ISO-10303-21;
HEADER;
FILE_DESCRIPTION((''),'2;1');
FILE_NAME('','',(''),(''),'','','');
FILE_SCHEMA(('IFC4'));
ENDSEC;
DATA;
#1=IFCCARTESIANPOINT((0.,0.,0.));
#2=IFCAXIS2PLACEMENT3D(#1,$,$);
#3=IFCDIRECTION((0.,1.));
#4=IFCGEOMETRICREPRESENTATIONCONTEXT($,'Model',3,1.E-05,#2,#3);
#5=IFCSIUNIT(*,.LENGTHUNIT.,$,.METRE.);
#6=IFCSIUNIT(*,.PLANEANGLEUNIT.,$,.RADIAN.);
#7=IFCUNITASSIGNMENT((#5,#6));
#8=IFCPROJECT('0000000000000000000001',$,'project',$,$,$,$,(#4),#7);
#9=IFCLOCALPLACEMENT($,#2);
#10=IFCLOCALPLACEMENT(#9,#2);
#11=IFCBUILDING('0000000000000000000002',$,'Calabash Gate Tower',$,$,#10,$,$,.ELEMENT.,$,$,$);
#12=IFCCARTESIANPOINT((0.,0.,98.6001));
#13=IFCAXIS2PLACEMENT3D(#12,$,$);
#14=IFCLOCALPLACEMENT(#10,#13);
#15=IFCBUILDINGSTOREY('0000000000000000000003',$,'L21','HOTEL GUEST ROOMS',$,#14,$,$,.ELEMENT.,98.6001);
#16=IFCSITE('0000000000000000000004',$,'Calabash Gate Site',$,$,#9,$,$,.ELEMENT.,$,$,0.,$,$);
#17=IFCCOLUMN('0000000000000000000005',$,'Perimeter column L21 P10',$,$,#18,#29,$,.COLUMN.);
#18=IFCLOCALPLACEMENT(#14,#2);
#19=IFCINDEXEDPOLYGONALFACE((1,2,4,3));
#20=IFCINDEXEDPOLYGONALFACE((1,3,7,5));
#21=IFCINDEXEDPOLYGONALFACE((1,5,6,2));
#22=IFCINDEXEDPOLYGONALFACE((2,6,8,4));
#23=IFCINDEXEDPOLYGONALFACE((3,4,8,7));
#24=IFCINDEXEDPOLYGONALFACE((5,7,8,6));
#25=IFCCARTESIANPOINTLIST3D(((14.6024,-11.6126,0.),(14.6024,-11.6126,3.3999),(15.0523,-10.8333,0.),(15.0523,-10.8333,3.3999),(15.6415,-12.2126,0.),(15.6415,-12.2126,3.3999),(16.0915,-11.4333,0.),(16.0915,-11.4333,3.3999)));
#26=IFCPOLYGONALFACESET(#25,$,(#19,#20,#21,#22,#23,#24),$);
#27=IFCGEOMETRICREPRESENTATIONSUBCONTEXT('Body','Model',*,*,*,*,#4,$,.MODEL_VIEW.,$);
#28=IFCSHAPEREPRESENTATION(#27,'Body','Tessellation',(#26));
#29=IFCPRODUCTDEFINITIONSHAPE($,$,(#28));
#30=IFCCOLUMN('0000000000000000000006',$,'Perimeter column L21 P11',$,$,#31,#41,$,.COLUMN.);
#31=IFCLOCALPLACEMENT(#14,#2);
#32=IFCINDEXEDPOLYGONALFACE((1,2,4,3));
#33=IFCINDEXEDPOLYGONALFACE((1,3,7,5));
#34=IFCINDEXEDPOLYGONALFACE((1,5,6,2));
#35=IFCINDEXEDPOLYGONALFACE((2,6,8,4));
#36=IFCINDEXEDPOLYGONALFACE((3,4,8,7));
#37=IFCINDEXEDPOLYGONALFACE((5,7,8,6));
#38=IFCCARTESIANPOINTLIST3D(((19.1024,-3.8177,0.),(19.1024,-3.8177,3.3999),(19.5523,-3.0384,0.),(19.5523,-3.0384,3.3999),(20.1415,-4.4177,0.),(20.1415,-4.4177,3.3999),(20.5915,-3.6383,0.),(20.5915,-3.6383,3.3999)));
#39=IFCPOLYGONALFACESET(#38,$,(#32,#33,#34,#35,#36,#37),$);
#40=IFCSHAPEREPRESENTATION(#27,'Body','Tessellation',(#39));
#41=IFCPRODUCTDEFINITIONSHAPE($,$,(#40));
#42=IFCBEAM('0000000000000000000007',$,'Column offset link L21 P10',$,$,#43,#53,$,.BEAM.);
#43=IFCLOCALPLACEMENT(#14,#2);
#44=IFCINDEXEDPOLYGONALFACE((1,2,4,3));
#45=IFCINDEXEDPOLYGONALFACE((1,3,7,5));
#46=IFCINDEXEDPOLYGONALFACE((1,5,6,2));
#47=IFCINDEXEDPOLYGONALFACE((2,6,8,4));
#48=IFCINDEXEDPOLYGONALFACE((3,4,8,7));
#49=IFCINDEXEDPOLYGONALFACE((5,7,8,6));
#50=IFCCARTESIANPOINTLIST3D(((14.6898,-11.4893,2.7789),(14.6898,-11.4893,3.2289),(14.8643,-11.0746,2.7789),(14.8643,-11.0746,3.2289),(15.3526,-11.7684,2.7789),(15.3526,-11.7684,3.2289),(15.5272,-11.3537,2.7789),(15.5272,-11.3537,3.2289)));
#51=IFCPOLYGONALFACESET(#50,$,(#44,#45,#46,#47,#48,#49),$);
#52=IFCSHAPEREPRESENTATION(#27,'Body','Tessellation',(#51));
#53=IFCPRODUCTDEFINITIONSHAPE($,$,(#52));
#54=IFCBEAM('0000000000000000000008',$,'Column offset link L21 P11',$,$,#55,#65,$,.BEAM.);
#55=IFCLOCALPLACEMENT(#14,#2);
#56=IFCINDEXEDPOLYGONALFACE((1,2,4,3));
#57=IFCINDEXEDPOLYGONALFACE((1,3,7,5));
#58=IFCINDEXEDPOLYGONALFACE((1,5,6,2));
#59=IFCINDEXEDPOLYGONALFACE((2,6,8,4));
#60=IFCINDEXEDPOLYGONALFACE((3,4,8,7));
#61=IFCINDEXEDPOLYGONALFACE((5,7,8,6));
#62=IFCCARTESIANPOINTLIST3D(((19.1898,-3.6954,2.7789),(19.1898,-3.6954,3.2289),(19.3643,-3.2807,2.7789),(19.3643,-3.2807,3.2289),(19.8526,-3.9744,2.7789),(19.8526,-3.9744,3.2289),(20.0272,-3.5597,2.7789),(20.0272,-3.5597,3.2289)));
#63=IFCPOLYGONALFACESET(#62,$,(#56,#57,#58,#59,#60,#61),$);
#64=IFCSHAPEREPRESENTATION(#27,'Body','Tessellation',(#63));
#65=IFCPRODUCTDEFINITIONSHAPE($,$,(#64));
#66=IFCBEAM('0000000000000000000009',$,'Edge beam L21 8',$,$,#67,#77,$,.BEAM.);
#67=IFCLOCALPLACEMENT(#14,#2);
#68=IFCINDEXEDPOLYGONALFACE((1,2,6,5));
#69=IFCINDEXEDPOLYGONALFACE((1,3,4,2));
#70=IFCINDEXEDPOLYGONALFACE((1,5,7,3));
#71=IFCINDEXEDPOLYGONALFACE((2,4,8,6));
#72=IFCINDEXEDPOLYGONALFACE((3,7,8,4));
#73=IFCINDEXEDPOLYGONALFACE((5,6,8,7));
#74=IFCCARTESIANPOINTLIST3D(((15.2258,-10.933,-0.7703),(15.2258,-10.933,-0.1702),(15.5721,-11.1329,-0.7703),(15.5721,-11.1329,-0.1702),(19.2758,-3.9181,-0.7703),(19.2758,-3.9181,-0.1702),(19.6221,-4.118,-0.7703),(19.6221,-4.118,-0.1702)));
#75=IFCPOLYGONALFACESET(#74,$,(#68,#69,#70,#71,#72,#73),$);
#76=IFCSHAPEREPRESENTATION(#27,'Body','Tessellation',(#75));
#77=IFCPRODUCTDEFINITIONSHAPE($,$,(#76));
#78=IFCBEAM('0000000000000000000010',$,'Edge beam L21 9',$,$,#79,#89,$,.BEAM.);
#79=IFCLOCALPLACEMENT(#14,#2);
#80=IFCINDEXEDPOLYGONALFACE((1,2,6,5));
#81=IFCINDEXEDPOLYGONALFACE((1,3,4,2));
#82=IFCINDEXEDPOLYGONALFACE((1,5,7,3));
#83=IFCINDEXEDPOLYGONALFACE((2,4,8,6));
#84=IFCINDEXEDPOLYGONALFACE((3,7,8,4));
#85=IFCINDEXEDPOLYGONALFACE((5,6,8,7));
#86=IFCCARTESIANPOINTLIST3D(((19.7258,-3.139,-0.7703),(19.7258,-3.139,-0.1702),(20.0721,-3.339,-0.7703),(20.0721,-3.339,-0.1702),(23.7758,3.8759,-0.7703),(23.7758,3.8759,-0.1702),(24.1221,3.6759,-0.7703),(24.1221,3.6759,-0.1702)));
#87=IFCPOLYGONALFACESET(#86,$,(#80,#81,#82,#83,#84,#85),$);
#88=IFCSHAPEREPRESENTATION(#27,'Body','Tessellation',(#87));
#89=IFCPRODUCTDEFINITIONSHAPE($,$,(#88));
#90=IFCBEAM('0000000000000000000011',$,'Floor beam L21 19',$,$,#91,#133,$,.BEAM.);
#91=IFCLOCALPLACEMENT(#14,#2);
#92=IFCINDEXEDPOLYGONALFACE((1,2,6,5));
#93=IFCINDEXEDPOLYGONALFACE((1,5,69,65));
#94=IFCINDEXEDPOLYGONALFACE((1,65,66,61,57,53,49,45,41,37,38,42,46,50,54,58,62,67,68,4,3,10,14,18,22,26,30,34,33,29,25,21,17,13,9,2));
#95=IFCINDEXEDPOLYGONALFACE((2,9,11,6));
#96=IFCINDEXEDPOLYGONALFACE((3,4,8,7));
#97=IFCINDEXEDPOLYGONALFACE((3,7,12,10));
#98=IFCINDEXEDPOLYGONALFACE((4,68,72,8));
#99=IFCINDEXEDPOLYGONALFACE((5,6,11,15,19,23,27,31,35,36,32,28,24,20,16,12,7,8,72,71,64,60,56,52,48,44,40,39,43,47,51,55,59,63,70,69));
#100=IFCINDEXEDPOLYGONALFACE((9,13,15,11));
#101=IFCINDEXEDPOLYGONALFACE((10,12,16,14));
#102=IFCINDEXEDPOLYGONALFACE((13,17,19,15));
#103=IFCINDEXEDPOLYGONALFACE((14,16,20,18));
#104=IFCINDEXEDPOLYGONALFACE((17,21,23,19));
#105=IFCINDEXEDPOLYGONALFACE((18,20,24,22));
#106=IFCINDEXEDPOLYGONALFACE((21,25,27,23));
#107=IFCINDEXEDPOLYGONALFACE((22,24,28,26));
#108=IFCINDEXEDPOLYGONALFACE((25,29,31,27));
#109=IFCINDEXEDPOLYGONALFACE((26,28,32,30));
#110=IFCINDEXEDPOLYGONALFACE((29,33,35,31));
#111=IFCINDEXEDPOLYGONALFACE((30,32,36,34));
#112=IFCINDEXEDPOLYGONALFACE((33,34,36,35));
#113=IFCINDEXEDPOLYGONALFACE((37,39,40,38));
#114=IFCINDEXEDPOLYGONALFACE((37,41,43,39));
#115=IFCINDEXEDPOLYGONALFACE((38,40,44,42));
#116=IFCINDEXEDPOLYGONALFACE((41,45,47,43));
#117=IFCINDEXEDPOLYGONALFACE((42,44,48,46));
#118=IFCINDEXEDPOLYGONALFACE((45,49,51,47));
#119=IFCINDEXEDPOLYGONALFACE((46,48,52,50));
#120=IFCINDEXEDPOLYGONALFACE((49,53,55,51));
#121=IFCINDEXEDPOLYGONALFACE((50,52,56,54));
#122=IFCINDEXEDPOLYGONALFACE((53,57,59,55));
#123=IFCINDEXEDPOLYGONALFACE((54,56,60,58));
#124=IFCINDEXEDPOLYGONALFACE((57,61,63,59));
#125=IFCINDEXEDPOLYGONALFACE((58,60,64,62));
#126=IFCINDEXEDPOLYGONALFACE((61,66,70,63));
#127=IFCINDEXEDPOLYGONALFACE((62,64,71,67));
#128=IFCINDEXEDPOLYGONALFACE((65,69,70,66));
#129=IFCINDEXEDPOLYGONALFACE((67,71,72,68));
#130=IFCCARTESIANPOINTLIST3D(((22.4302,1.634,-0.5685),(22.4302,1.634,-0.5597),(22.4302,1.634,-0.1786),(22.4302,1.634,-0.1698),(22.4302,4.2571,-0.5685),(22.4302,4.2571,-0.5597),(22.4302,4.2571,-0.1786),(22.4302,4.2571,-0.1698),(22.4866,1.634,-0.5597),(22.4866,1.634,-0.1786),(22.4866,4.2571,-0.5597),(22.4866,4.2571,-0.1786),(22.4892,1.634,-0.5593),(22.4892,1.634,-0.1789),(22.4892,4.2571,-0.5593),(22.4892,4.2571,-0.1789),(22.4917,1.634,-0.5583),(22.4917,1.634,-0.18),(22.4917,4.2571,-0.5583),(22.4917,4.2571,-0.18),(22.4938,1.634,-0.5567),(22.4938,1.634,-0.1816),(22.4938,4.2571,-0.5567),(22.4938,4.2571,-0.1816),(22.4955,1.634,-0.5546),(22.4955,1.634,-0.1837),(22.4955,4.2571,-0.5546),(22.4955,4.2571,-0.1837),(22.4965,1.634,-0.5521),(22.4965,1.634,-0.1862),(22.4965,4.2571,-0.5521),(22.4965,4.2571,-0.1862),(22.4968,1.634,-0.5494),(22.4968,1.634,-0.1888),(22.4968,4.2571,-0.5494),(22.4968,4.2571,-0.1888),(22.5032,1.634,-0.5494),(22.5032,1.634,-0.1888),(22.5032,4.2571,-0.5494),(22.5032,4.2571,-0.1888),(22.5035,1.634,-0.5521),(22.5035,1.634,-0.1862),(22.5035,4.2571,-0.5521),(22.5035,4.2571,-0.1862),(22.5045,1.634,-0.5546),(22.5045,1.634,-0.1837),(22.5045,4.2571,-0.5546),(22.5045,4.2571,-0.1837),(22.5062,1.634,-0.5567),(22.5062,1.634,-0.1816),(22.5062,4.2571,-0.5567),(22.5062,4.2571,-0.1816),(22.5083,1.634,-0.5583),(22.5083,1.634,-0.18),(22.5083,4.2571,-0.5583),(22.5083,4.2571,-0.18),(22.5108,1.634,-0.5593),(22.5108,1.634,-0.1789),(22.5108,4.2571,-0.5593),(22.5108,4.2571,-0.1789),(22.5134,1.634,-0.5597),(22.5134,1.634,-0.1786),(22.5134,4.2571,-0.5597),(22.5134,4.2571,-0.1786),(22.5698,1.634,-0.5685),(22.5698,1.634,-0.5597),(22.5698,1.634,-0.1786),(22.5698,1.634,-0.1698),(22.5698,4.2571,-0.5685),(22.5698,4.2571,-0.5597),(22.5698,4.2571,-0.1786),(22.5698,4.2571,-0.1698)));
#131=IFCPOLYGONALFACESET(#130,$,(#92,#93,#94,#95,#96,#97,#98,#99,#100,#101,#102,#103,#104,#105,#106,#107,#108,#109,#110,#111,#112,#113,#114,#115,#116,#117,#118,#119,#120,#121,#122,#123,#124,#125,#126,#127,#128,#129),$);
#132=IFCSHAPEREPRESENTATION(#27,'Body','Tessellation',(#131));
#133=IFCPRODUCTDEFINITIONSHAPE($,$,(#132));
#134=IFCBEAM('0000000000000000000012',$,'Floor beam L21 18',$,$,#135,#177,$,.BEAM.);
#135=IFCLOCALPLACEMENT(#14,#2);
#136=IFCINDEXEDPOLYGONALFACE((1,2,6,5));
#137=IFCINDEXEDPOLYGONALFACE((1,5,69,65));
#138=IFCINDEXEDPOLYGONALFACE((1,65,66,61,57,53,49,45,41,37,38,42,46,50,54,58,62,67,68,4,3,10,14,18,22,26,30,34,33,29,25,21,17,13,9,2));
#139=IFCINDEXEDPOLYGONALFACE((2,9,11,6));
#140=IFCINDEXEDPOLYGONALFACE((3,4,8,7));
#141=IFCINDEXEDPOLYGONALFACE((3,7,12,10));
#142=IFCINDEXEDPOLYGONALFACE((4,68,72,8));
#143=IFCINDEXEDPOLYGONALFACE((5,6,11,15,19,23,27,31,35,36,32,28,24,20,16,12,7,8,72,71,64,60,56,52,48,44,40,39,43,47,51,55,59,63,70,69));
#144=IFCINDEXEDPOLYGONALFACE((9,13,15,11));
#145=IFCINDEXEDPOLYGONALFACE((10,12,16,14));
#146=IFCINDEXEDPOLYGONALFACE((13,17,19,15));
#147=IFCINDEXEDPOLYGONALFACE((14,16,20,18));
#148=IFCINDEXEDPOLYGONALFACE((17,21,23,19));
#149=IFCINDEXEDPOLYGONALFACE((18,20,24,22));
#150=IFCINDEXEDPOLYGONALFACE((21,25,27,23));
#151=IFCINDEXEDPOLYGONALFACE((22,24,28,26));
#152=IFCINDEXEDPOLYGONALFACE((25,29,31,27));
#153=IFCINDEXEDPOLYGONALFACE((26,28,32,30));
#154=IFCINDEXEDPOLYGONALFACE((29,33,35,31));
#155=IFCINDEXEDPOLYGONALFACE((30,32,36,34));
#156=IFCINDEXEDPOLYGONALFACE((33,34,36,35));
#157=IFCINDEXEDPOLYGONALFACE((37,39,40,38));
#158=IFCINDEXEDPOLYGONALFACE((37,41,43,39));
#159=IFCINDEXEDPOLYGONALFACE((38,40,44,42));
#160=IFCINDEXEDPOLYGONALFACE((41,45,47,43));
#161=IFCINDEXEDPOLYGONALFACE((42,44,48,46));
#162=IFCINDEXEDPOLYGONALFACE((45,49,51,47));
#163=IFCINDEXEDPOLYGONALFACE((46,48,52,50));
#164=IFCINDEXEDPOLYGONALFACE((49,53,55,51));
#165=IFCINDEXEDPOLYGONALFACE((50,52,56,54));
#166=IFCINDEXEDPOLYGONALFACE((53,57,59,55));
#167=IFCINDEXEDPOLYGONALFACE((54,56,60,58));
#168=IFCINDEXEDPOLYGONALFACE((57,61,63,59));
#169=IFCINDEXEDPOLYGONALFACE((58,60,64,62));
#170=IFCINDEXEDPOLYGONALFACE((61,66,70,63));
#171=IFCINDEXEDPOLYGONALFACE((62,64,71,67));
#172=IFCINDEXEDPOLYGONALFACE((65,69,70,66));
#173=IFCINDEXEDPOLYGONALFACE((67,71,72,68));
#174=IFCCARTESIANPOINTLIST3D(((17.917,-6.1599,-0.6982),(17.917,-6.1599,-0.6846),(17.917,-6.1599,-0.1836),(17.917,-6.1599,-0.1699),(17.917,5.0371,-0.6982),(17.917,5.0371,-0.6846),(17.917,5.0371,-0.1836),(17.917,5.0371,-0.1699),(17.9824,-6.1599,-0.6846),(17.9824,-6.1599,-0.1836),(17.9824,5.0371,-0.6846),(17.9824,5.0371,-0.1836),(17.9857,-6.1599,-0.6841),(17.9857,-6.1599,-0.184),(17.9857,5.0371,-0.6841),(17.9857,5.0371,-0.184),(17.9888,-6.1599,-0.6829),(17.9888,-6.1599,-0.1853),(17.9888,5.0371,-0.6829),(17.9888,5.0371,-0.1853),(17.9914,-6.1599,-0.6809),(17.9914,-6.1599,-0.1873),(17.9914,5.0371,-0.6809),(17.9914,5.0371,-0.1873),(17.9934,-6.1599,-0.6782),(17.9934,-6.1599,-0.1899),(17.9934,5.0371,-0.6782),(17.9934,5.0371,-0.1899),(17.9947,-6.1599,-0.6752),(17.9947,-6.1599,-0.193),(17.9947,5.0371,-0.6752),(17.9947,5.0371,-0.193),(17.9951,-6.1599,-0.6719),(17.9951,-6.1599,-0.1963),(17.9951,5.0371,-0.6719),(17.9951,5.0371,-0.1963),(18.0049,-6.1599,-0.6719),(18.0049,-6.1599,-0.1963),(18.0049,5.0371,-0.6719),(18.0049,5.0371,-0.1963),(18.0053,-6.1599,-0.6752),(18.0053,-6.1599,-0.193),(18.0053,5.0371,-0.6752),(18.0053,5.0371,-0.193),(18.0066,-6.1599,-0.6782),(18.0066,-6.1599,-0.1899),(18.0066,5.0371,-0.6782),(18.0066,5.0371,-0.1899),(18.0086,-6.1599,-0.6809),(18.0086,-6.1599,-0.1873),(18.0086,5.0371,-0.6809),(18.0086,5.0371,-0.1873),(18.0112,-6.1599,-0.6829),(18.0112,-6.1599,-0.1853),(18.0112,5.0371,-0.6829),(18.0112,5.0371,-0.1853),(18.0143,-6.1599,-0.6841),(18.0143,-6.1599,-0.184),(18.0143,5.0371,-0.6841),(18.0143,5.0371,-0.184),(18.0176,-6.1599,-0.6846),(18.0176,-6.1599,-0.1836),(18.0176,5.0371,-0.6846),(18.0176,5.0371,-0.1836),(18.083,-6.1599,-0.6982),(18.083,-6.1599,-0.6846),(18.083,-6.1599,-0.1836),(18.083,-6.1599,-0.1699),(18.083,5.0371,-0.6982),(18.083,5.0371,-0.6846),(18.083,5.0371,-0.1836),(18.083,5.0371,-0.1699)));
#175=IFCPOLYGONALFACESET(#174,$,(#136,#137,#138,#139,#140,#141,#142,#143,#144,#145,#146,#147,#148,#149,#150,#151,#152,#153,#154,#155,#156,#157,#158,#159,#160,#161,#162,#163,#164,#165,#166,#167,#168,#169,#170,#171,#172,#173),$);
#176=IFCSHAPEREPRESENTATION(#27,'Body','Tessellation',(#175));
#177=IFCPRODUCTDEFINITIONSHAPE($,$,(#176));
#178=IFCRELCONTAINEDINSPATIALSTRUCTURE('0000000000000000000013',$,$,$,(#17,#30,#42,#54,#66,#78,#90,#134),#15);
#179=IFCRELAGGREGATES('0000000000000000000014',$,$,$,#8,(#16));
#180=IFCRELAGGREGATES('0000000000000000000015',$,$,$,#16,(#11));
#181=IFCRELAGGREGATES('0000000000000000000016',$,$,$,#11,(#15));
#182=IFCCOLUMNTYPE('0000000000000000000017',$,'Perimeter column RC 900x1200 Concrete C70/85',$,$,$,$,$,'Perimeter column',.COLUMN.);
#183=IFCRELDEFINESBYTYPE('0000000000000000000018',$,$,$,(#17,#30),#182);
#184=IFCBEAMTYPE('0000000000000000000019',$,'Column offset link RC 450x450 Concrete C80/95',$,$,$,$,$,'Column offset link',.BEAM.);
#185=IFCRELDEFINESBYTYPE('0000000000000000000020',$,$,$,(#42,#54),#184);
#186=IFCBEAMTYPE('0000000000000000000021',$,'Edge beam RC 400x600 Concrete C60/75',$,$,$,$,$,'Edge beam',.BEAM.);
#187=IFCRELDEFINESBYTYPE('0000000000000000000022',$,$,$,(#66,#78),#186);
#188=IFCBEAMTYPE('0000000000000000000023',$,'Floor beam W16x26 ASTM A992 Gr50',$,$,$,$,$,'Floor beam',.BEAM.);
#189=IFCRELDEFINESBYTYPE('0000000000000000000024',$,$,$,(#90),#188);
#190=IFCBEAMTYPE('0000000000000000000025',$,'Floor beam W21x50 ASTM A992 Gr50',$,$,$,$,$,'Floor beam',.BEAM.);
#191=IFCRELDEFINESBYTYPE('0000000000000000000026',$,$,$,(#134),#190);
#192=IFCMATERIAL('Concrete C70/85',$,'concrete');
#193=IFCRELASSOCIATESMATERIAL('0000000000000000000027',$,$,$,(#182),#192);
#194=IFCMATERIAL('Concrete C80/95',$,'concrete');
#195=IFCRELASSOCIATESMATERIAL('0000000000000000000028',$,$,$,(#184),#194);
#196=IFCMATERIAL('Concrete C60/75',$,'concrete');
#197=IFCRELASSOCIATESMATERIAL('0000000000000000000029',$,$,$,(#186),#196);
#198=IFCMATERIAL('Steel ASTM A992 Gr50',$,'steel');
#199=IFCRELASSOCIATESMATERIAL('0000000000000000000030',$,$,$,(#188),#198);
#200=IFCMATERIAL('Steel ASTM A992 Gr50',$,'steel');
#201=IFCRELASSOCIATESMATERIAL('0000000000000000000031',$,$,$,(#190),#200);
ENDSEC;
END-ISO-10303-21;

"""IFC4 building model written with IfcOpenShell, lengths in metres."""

from ifc_helpers import new_model, si_unit, direction, frame, origin, origin_2d, place, context, subcontext, project, spatial, rectangle, i_section, extrude, material, material_profile, profile_set, type_object, element, save


model = new_model("IFC4")

# Units and contexts
model_context = context("Model", 3, precision=1e-05, world=origin(), true_north=direction((0.0, 1.0)))
body_context = subcontext(model_context, "Body", "Model", "MODEL_VIEW")
ifc_project = project(units=[si_unit("LENGTHUNIT", "METRE"), si_unit("PLANEANGLEUNIT", "RADIAN")], contexts=[model_context])

# Site, building, storey
site_placement = place(None, origin())
site = spatial("IfcSite", under=ifc_project, at=site_placement, Name="Calabash Gate Site", CompositionType="ELEMENT", RefElevation=0.0)
building_placement = place(site_placement, origin())
building = spatial("IfcBuilding", under=site, at=building_placement, Name="Calabash Gate Tower", CompositionType="ELEMENT")
storey_placement = place(building_placement, frame((0.0, 0.0, 98.6001)))
storey = spatial("IfcBuildingStorey", under=building, at=storey_placement, Name="L21", Description="HOTEL GUEST ROOMS", CompositionType="ELEMENT", Elevation=98.6001)

# Columns
ifc_material_1 = material(Name="Concrete C70/85", Category="concrete")
ifc_material_profile_1 = material_profile(ifc_material_1, rectangle(XDim=0.8999, YDim=1.2, at=origin_2d()))
ifc_profile_set_1 = profile_set([ifc_material_profile_1], Name="Concrete C70/85")
column_type = type_object("IfcColumnType", Name="Perimeter column RC 900x1200 Concrete C70/85", ElementType="Perimeter column", PredefinedType="COLUMN", material=ifc_profile_set_1)
for number, where, z_axis, x_axis, name in (
    (1, (15.3469, -11.5229, 0.0), (0.0, 0.0, 1.0), (0.5, 0.866025, 0.0), "Perimeter column L21 P10"),
    (2, (19.8469, -3.728, 0.0), (0.0, 0.0, 1.0), (0.5, 0.866025, 0.0), "Perimeter column L21 P11"),
):
    element("IfcColumn", number, at=place(storey_placement, frame(where, z_axis=z_axis, x_axis=x_axis)), inside=storey, type_object=column_type, Name=name, PredefinedType="COLUMN", context=body_context, shape_type="SweptSolid", body=[
        extrude(rectangle(XDim=0.8999, YDim=1.2, at=origin_2d()), origin(), (0.0, 0.0, 1.0), 3.3999),
    ])

# Beams
ifc_material_2 = material(Name="Concrete C80/95", Category="concrete")
ifc_material_profile_2 = material_profile(ifc_material_2, rectangle(XDim=0.45, YDim=0.45, at=origin_2d()))
ifc_profile_set_2 = profile_set([ifc_material_profile_2], Name="Concrete C80/95")
beam_type_1 = type_object("IfcBeamType", Name="Column offset link RC 450x450 Concrete C80/95", ElementType="Column offset link", PredefinedType="BEAM", material=ifc_profile_set_2)
for number, where, z_axis, x_axis, name in (
    (3, (15.4399, -11.561, 3.0039), (-0.921655, 0.388011, 0.0), (-0.388011, -0.921655, 0.0), "Column offset link L21 P10"),
    (4, (19.9399, -3.7671, 3.0039), (-0.921655, 0.388011, 0.0), (-0.388011, -0.921655, 0.0), "Column offset link L21 P11"),
):
    element("IfcBeam", number, at=place(storey_placement, frame(where, z_axis=z_axis, x_axis=x_axis)), inside=storey, type_object=beam_type_1, Name=name, PredefinedType="BEAM", context=body_context, shape_type="SweptSolid", body=[
        extrude(rectangle(XDim=0.45, YDim=0.45, at=origin_2d()), origin(), (0.0, 0.0, 1.0), 0.7192),
    ])
ifc_material_3 = material(Name="Concrete C60/75", Category="concrete")
ifc_material_profile_3 = material_profile(ifc_material_3, rectangle(XDim=0.3999, YDim=0.6001, at=origin_2d()))
ifc_profile_set_3 = profile_set([ifc_material_profile_3], Name="Concrete C60/75")
beam_type_2 = type_object("IfcBeamType", Name="Edge beam RC 400x600 Concrete C60/75", ElementType="Edge beam", PredefinedType="BEAM", material=ifc_profile_set_3)
for number, where, z_axis, x_axis, name in (
    (5, (15.3989, -11.033, -0.4702), (0.5, 0.866025, 0.0), (-0.866025, 0.5, 0.0), "Edge beam L21 8"),
    (6, (19.8989, -3.239, -0.4702), (0.5, 0.866025, 0.0), (-0.866025, 0.5, 0.0), "Edge beam L21 9"),
):
    element("IfcBeam", number, at=place(storey_placement, frame(where, z_axis=z_axis, x_axis=x_axis)), inside=storey, type_object=beam_type_2, Name=name, PredefinedType="BEAM", context=body_context, shape_type="SweptSolid", body=[
        extrude(rectangle(XDim=0.3999, YDim=0.6001, at=origin_2d()), origin(), (0.0, 0.0, 1.0), 8.1001),
    ])
ifc_material_4 = material(Name="Steel ASTM A992 Gr50", Category="steel")
ifc_material_profile_4 = material_profile(ifc_material_4, i_section(OverallWidth=0.1396, OverallDepth=0.3987, WebThickness=0.0063, FlangeThickness=0.0088, FilletRadius=0.0103, at=origin_2d()))
ifc_profile_set_4 = profile_set([ifc_material_profile_4], Name="Steel ASTM A992 Gr50")
beam_type_3 = type_object("IfcBeamType", Name="Floor beam W16x26 ASTM A992 Gr50", ElementType="Floor beam", PredefinedType="BEAM", material=ifc_profile_set_4)
beam_1_placement = place(storey_placement, frame((22.5, 1.634, -0.3691), z_axis=(0.0, 1.0, 0.0), x_axis=(-1.0, 0.0, 0.0)))
element("IfcBeam", 7, at=beam_1_placement, inside=storey, type_object=beam_type_3, Name="Floor beam L21 19", PredefinedType="BEAM", context=body_context, shape_type="SweptSolid", body=[
    extrude(i_section(OverallWidth=0.1396, OverallDepth=0.3987, WebThickness=0.0063, FlangeThickness=0.0088, FilletRadius=0.0103, at=origin_2d()), origin(), (0.0, 0.0, 1.0), 2.623),
])
ifc_material_5 = material(Name="Steel ASTM A992 Gr50", Category="steel")
ifc_material_profile_5 = material_profile(ifc_material_5, i_section(OverallWidth=0.166, OverallDepth=0.5283, WebThickness=0.0098, FlangeThickness=0.0137, FilletRadius=0.0127, at=origin_2d()))
ifc_profile_set_5 = profile_set([ifc_material_profile_5], Name="Steel ASTM A992 Gr50")
beam_type_4 = type_object("IfcBeamType", Name="Floor beam W21x50 ASTM A992 Gr50", ElementType="Floor beam", PredefinedType="BEAM", material=ifc_profile_set_5)
beam_2_placement = place(storey_placement, frame((18.0, -6.1599, -0.4341), z_axis=(0.0, 1.0, 0.0), x_axis=(-1.0, 0.0, 0.0)))
element("IfcBeam", 8, at=beam_2_placement, inside=storey, type_object=beam_type_4, Name="Floor beam L21 18", PredefinedType="BEAM", context=body_context, shape_type="SweptSolid", body=[
    extrude(i_section(OverallWidth=0.166, OverallDepth=0.5283, WebThickness=0.0098, FlangeThickness=0.0137, FilletRadius=0.0127, at=origin_2d()), origin(), (0.0, 0.0, 1.0), 11.197),
])

save(model, "model.ifc")
